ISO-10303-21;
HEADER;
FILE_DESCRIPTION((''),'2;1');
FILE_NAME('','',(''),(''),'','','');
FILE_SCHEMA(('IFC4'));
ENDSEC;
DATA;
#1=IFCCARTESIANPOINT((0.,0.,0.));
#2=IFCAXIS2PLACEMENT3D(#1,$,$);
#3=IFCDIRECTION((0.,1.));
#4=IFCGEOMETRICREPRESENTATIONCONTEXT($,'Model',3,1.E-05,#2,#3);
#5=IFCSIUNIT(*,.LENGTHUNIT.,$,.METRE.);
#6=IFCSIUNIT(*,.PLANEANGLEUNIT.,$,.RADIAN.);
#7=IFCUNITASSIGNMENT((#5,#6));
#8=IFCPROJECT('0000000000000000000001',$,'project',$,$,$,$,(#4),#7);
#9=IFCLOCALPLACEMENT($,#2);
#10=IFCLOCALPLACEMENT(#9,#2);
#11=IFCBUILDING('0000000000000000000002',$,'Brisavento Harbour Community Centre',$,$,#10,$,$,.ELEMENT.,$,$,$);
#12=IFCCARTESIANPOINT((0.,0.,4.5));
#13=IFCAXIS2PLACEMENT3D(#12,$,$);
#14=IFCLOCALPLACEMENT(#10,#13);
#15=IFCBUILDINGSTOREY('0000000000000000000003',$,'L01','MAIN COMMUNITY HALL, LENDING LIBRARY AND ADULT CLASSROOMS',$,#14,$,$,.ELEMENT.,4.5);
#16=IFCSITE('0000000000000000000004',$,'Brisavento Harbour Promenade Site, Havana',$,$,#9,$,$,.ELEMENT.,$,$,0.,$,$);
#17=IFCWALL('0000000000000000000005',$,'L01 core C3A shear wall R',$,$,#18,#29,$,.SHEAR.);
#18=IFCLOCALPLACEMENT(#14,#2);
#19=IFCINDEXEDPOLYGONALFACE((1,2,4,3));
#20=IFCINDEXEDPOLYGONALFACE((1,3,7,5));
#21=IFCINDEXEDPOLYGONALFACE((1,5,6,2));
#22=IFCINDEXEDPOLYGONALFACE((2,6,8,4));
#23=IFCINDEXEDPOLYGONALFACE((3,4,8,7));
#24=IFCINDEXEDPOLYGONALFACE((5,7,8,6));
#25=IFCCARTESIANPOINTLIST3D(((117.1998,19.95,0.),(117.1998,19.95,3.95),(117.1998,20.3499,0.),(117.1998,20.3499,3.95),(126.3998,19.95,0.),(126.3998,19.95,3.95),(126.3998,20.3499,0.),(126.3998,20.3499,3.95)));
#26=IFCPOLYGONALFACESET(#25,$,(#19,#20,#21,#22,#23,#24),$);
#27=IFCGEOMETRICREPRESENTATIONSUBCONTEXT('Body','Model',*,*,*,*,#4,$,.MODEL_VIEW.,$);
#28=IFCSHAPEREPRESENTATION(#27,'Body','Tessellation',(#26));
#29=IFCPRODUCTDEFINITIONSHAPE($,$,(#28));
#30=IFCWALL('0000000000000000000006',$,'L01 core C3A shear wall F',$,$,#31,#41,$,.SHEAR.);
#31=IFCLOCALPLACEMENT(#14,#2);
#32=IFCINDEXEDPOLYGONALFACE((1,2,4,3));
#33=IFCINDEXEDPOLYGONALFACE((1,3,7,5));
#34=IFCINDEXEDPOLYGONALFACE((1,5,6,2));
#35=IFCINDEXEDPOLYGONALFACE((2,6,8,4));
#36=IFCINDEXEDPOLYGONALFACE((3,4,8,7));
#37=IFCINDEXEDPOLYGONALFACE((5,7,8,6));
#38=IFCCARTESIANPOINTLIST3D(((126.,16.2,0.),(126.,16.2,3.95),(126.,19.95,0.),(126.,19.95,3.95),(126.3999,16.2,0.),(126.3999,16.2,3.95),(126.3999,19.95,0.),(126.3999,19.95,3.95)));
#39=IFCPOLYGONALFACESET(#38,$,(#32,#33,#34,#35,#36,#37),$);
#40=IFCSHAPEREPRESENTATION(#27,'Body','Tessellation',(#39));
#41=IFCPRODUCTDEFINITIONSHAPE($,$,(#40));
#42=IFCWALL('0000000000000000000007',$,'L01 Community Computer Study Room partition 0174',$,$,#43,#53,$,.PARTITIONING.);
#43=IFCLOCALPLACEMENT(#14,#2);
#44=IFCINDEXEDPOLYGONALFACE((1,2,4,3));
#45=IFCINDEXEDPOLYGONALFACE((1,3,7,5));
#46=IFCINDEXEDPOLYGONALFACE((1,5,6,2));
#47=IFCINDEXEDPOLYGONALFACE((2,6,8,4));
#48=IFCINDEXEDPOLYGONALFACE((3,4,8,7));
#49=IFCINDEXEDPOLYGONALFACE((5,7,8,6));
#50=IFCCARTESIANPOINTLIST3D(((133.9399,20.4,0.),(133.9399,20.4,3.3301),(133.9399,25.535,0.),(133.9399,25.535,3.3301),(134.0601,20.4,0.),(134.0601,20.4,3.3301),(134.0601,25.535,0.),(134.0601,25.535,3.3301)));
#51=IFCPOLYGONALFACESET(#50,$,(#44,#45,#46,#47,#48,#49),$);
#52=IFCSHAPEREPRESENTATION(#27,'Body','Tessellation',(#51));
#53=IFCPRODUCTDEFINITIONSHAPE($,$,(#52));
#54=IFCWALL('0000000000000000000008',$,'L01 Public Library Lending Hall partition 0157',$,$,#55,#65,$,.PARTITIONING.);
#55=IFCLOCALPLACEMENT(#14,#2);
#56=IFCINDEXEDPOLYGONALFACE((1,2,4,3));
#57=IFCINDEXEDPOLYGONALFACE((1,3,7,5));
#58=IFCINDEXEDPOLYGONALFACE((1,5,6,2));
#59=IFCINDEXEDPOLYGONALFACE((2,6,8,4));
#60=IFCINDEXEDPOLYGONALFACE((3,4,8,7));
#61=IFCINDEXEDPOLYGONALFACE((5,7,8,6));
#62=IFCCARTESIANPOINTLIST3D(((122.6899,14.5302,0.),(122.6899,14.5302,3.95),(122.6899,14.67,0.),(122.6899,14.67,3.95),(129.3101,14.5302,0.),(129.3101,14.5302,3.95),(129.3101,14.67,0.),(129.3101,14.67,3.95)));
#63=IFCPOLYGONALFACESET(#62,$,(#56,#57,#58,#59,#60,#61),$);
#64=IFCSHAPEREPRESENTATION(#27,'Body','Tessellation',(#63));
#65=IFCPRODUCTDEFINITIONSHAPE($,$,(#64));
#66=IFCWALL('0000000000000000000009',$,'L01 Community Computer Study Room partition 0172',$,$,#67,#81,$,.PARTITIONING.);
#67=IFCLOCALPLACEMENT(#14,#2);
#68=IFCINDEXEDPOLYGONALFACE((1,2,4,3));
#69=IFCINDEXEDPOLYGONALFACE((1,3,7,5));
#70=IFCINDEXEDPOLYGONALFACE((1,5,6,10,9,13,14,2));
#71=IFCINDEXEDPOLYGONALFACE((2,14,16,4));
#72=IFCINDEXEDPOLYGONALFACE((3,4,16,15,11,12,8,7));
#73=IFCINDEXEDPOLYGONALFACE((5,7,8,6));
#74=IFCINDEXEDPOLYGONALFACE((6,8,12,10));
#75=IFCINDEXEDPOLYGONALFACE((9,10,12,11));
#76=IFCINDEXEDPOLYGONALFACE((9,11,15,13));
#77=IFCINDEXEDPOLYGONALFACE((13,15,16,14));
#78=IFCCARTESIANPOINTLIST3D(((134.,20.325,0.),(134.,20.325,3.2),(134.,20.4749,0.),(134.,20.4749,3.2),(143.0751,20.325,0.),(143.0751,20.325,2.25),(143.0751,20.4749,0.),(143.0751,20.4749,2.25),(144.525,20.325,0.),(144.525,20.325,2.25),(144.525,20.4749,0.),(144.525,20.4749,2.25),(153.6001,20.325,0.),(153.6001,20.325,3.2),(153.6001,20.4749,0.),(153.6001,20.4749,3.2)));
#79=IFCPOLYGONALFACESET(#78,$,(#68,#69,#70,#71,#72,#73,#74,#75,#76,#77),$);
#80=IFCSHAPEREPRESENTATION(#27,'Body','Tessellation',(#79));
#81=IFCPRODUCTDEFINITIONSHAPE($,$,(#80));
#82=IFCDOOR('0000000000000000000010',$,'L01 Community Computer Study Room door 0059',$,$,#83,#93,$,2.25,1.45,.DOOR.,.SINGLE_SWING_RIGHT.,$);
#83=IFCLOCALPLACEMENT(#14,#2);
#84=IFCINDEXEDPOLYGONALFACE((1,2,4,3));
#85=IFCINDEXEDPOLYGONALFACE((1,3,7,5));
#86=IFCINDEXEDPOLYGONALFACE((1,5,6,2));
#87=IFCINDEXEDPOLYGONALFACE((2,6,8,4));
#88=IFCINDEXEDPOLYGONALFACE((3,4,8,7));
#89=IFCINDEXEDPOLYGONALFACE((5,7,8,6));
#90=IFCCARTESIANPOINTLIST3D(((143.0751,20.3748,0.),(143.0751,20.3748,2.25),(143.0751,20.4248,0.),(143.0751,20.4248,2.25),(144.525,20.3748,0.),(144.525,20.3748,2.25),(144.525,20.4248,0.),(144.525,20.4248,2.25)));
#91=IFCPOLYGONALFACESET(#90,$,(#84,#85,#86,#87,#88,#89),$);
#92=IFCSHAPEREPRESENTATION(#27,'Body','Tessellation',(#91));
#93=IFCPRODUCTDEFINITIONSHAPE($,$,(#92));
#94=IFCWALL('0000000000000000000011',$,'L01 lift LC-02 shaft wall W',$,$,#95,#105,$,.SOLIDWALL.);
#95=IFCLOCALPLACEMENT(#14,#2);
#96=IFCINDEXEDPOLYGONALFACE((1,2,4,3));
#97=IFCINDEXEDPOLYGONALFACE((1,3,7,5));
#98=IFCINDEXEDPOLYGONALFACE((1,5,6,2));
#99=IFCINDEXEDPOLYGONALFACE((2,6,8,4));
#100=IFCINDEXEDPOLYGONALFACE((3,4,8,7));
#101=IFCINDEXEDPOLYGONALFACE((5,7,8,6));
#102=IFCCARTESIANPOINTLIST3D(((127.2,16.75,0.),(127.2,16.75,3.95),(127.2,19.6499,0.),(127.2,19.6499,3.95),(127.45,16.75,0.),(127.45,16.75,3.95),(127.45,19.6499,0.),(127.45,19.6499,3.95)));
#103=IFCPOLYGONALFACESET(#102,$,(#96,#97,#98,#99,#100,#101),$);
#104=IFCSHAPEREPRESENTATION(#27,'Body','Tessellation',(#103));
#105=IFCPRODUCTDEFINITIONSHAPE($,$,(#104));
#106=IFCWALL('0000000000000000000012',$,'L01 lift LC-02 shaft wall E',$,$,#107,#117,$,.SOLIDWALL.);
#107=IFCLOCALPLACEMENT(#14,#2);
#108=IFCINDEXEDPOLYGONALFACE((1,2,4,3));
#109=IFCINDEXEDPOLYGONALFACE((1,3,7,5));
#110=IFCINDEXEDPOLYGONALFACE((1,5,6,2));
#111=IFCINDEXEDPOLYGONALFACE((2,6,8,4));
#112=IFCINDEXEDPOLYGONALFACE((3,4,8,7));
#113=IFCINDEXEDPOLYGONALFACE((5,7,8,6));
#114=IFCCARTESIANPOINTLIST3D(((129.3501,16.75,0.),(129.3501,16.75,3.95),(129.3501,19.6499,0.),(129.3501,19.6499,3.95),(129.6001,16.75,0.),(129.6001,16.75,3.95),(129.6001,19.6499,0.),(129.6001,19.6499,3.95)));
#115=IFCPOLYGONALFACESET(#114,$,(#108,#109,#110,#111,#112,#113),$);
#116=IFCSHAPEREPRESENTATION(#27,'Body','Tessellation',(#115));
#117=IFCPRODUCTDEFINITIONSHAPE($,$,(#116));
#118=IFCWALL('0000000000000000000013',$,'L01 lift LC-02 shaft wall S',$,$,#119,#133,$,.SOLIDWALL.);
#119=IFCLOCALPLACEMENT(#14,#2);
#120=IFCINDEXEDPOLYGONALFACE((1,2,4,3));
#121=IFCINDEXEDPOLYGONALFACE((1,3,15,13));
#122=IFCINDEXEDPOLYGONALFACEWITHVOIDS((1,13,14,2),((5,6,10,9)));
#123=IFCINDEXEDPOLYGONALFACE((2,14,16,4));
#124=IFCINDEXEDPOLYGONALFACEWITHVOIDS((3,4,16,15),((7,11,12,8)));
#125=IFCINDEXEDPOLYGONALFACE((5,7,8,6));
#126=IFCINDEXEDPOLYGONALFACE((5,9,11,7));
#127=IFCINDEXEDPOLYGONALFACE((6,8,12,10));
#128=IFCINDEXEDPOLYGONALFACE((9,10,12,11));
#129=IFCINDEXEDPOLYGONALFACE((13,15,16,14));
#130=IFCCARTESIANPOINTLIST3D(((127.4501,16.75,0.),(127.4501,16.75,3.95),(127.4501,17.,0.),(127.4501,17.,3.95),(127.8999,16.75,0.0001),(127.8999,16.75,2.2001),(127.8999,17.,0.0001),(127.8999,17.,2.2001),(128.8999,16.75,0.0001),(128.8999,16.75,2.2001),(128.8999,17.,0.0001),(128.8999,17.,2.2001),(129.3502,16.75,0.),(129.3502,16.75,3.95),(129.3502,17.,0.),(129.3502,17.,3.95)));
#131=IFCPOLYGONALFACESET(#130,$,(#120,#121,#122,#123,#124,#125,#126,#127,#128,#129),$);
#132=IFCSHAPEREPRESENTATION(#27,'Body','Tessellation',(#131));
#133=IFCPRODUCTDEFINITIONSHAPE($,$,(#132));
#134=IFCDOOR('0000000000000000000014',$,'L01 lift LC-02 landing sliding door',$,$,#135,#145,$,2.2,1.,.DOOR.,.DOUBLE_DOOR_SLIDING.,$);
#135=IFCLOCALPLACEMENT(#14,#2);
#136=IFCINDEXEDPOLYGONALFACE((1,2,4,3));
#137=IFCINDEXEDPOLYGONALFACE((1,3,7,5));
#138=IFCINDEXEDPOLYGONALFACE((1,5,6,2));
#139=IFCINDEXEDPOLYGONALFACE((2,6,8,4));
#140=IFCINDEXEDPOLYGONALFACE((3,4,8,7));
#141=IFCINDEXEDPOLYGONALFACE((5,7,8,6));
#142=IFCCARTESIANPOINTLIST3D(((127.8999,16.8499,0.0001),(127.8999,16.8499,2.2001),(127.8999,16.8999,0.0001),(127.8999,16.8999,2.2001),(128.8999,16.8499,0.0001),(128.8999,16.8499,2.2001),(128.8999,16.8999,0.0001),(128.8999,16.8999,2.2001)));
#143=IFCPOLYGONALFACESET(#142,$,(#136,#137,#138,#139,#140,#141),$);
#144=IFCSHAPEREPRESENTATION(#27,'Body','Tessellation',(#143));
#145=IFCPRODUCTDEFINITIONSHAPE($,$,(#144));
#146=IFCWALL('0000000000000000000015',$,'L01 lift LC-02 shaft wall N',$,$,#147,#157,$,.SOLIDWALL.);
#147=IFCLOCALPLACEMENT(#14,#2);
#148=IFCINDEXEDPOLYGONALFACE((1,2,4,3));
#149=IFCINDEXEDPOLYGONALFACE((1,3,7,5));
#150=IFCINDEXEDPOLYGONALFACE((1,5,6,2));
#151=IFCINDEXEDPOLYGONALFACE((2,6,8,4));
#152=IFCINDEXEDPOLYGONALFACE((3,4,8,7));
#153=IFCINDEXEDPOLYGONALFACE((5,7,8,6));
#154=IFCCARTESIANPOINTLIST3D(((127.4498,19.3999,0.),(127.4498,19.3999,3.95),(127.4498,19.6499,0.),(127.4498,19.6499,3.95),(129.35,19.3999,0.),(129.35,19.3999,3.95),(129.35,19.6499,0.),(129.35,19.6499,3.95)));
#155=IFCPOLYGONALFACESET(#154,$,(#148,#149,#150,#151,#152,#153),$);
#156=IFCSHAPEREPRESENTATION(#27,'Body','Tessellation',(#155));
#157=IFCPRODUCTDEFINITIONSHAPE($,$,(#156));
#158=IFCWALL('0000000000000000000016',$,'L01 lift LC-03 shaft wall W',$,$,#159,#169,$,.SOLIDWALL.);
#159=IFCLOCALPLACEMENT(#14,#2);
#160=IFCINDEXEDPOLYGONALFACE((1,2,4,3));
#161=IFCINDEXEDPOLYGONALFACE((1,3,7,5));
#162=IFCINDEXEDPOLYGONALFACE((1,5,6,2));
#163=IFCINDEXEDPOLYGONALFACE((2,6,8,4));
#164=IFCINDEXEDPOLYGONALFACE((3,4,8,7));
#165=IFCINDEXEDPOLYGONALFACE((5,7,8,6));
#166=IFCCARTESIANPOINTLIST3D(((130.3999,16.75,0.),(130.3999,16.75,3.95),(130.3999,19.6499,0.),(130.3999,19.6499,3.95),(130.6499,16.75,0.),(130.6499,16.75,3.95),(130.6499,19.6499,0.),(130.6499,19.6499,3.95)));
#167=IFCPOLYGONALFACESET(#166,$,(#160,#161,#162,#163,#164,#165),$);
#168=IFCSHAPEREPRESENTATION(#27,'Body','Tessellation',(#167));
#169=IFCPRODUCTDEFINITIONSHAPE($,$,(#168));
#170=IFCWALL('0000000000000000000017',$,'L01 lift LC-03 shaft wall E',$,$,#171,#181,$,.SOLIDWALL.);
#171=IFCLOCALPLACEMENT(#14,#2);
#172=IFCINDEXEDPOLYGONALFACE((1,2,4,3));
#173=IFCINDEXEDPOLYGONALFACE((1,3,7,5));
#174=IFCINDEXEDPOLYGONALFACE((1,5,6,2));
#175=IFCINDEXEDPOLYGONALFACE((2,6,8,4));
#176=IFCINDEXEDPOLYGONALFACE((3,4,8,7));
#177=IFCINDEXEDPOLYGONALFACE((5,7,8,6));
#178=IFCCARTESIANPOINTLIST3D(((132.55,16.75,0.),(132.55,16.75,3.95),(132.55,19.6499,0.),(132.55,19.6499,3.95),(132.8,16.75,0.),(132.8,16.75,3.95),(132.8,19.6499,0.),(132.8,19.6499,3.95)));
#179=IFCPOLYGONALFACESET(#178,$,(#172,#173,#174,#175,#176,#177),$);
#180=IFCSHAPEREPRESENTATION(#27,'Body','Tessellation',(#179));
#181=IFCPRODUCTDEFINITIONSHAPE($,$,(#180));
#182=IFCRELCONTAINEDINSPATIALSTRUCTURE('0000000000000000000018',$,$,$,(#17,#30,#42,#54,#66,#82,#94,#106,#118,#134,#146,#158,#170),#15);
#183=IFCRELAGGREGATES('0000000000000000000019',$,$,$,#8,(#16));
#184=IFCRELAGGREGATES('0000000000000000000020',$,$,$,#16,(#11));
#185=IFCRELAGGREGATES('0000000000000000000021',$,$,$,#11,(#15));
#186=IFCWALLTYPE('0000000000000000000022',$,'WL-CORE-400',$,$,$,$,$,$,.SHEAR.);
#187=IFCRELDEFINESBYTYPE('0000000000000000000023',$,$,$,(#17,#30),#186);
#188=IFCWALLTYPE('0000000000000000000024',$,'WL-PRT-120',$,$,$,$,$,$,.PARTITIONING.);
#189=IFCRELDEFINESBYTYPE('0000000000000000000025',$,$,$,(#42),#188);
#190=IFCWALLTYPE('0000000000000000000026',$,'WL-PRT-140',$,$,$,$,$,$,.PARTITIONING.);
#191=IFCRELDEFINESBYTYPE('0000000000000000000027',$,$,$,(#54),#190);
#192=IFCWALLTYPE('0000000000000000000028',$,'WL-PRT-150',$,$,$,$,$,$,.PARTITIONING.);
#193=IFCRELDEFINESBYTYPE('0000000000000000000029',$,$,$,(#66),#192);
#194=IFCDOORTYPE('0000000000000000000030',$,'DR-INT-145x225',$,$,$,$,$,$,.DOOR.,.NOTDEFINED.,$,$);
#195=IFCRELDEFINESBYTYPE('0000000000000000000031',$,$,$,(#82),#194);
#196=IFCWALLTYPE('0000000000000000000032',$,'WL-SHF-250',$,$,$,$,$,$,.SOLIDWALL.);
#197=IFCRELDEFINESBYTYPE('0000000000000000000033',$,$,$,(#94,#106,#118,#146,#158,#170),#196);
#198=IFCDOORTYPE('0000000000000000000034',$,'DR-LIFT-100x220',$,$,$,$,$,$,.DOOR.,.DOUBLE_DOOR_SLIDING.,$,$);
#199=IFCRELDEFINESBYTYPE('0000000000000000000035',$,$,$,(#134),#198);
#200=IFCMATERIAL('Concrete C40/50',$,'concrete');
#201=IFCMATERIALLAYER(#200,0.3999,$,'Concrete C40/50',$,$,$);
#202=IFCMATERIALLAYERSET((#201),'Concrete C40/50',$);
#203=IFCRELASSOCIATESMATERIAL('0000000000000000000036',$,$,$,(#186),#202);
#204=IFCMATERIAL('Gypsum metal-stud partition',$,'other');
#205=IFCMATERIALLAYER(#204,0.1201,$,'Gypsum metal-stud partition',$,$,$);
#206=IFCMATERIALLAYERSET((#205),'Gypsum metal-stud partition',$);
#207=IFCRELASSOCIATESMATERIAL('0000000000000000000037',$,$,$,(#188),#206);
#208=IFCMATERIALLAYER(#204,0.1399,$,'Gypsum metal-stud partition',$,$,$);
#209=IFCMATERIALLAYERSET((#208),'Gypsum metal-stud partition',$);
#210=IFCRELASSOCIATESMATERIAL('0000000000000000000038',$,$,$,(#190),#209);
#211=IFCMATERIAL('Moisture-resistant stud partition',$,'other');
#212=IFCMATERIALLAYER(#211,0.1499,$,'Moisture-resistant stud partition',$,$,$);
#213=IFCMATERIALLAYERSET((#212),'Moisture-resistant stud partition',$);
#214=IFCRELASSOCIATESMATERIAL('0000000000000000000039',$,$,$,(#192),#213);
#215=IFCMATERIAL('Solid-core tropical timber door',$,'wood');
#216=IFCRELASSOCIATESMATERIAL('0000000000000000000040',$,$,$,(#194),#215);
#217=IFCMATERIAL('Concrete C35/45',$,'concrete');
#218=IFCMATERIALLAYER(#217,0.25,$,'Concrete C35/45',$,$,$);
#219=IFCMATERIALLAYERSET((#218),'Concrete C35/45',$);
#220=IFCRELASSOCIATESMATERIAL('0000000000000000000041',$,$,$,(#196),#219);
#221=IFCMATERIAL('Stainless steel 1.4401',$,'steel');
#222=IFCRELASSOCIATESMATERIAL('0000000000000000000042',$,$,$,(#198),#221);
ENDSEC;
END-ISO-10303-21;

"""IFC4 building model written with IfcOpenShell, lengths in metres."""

from ifc_helpers import new_model, si_unit, direction, frame, frame_2d, origin, place, context, subcontext, project, spatial, rectangle, extrude, material, layer, layer_set, type_object, element, fill, save


model = new_model("IFC4")

# Units and contexts
model_context = context("Model", 3, precision=1e-05, world=origin(), true_north=direction((0.0, 1.0)))
body_context = subcontext(model_context, "Body", "Model", "MODEL_VIEW")
ifc_project = project(units=[si_unit("LENGTHUNIT", "METRE"), si_unit("PLANEANGLEUNIT", "RADIAN")], contexts=[model_context])

# Site, building, storey
site_placement = place(None, origin())
site = spatial("IfcSite", under=ifc_project, at=site_placement, Name="Brisavento Harbour Promenade Site, Havana", CompositionType="ELEMENT", RefElevation=0.0)
building_placement = place(site_placement, origin())
building = spatial("IfcBuilding", under=site, at=building_placement, Name="Brisavento Harbour Community Centre", CompositionType="ELEMENT")
storey_placement = place(building_placement, frame((0.0, 0.0, 4.5)))
storey = spatial("IfcBuildingStorey", under=building, at=storey_placement, Name="L01", Description="MAIN COMMUNITY HALL, LENDING LIBRARY AND ADULT CLASSROOMS", CompositionType="ELEMENT", Elevation=4.5)

# Shared definitions
ifc_material_1 = material(Name="Concrete C35/45", Category="concrete")

# Walls
ifc_material_2 = material(Name="Concrete C40/50", Category="concrete")
ifc_layer_1 = layer(ifc_material_2, 0.3999, Name="Concrete C40/50")
ifc_layer_set_1 = layer_set([ifc_layer_1], Name="Concrete C40/50")
wall_type_1 = type_object("IfcWallType", Name="WL-CORE-400", PredefinedType="SHEAR", material=ifc_layer_set_1)
wall_1_placement = place(storey_placement, frame((126.3999, 20.1499, 0.0), z_axis=(0.0, 0.0, 1.0), x_axis=(-1.0, 0.0, 0.0)))
element("IfcWall", 1, at=wall_1_placement, inside=storey, type_object=wall_type_1, Name="L01 core C3A shear wall R", PredefinedType="SHEAR", context=body_context, shape_type="SweptSolid", body=[
    extrude(rectangle(XDim=9.2, YDim=0.3999, at=frame_2d((4.6001, 0.0))), origin(), (0.0, 0.0, 1.0), 3.95),
])
wall_2_placement = place(storey_placement, frame((126.2, 16.2, 0.0), z_axis=(0.0, 0.0, 1.0), x_axis=(0.0, 1.0, 0.0)))
element("IfcWall", 2, at=wall_2_placement, inside=storey, type_object=wall_type_1, Name="L01 core C3A shear wall F", PredefinedType="SHEAR", context=body_context, shape_type="SweptSolid", body=[
    extrude(rectangle(XDim=3.75, YDim=0.3999, at=frame_2d((1.875, 0.0))), origin(), (0.0, 0.0, 1.0), 3.95),
])
ifc_material_3 = material(Name="Gypsum metal-stud partition", Category="other")
ifc_layer_2 = layer(ifc_material_3, 0.1201, Name="Gypsum metal-stud partition")
ifc_layer_set_2 = layer_set([ifc_layer_2], Name="Gypsum metal-stud partition")
wall_type_2 = type_object("IfcWallType", Name="WL-PRT-120", PredefinedType="PARTITIONING", material=ifc_layer_set_2)
wall_3_placement = place(storey_placement, frame((134.0, 25.5349, 0.0), z_axis=(0.0, 0.0, 1.0), x_axis=(0.0, -1.0, 0.0)))
element("IfcWall", 3, at=wall_3_placement, inside=storey, type_object=wall_type_2, Name="L01 Community Computer Study Room partition 0174", PredefinedType="PARTITIONING", context=body_context, shape_type="SweptSolid", body=[
    extrude(rectangle(XDim=5.135, YDim=0.1201, at=frame_2d((2.5674, 0.0))), origin(), (0.0, 0.0, 1.0), 3.3301),
])
ifc_layer_3 = layer(ifc_material_3, 0.1399, Name="Gypsum metal-stud partition")
ifc_layer_set_3 = layer_set([ifc_layer_3], Name="Gypsum metal-stud partition")
wall_type_3 = type_object("IfcWallType", Name="WL-PRT-140", PredefinedType="PARTITIONING", material=ifc_layer_set_3)
wall_4_placement = place(storey_placement, frame((129.3101, 14.6001, 0.0), z_axis=(0.0, 0.0, 1.0), x_axis=(-1.0, 0.0, 0.0)))
element("IfcWall", 4, at=wall_4_placement, inside=storey, type_object=wall_type_3, Name="L01 Public Library Lending Hall partition 0157", PredefinedType="PARTITIONING", context=body_context, shape_type="SweptSolid", body=[
    extrude(rectangle(XDim=6.6201, YDim=0.1399, at=frame_2d((3.3101, 0.0))), origin(), (0.0, 0.0, 1.0), 3.95),
])

# Wall, opening, door
ifc_material_4 = material(Name="Moisture-resistant stud partition", Category="other")
ifc_layer_4 = layer(ifc_material_4, 0.1499, Name="Moisture-resistant stud partition")
ifc_layer_set_4 = layer_set([ifc_layer_4], Name="Moisture-resistant stud partition")
wall_type_4 = type_object("IfcWallType", Name="WL-PRT-150", PredefinedType="PARTITIONING", material=ifc_layer_set_4)
wall_5_placement = place(storey_placement, frame((134.0, 20.3999, 0.0), z_axis=(0.0, 0.0, 1.0), x_axis=(1.0, 0.0, 0.0)))
wall_5 = element("IfcWall", 5, at=wall_5_placement, inside=storey, type_object=wall_type_4, Name="L01 Community Computer Study Room partition 0172", PredefinedType="PARTITIONING", context=body_context, shape_type="SweptSolid", body=[
    extrude(rectangle(XDim=19.6001, YDim=0.1499, at=frame_2d((9.8, 0.0))), origin(), (0.0, 0.0, 1.0), 3.2),
])
opening_1_placement = place(wall_5_placement, frame((9.075, 0.0, 0.0)))
opening_1 = element("IfcOpeningElement", 6, at=opening_1_placement, cuts=wall_5, PredefinedType="OPENING", context=body_context, shape_type="SweptSolid", body=[
    extrude(rectangle(XDim=1.45, YDim=2.25, at=frame_2d((0.7251, 1.125))), frame((0.0, 0.085, 0.0), z_axis=(0.0, -1.0, 0.0), x_axis=(1.0, 0.0, 0.0)), (0.0, 0.0, 1.0), 0.1699),
])
ifc_material_5 = material(Name="Solid-core tropical timber door", Category="wood")
door_type_1 = type_object("IfcDoorType", Name="DR-INT-145x225", OperationType="NOTDEFINED", PredefinedType="DOOR", material=ifc_material_5)
door_1_placement = place(opening_1_placement, origin())
door_1 = element("IfcDoor", 7, at=door_1_placement, inside=storey, type_object=door_type_1, Name="L01 Community Computer Study Room door 0059", OperationType="SINGLE_SWING_RIGHT", OverallHeight=2.25, OverallWidth=1.45, PredefinedType="DOOR", context=body_context, shape_type="SweptSolid", body=[
    extrude(rectangle(XDim=1.45, YDim=2.25, at=frame_2d((0.7251, 1.125))), frame((0.0, 0.0249, 0.0), z_axis=(0.0, -1.0, 0.0), x_axis=(1.0, 0.0, 0.0)), (0.0, 0.0, 1.0), 0.05),
])
fill(opening_1, door_1)

# Walls
ifc_layer_5 = layer(ifc_material_1, 0.25, Name="Concrete C35/45")
ifc_layer_set_5 = layer_set([ifc_layer_5], Name="Concrete C35/45")
wall_type_5 = type_object("IfcWallType", Name="WL-SHF-250", PredefinedType="SOLIDWALL", material=ifc_layer_set_5)
for number, where, z_axis, x_axis, name in (
    (8, (127.325, 16.75, 0.0), (0.0, 0.0, 1.0), (0.0, 1.0, 0.0), "L01 lift LC-02 shaft wall W"),
    (9, (129.4751, 19.6499, 0.0), (0.0, 0.0, 1.0), (0.0, -1.0, 0.0), "L01 lift LC-02 shaft wall E"),
):
    element("IfcWall", number, at=place(storey_placement, frame(where, z_axis=z_axis, x_axis=x_axis)), inside=storey, type_object=wall_type_5, Name=name, PredefinedType="SOLIDWALL", context=body_context, shape_type="SweptSolid", body=[
        extrude(rectangle(XDim=2.8999, YDim=0.25, at=frame_2d((1.45, 0.0))), origin(), (0.0, 0.0, 1.0), 3.95),
    ])

# Wall, opening, door
wall_6_placement = place(storey_placement, frame((127.45, 16.875, 0.0), z_axis=(0.0, 0.0, 1.0), x_axis=(1.0, 0.0, 0.0)))
wall_6 = element("IfcWall", 10, at=wall_6_placement, inside=storey, type_object=wall_type_5, Name="L01 lift LC-02 shaft wall S", PredefinedType="SOLIDWALL", context=body_context, shape_type="SweptSolid", body=[
    extrude(rectangle(XDim=1.9001, YDim=0.25, at=frame_2d((0.9502, 0.0))), origin(), (0.0, 0.0, 1.0), 3.95),
])
opening_2_placement = place(wall_6_placement, frame((0.45, 0.0, 0.0)))
opening_2 = element("IfcOpeningElement", 11, at=opening_2_placement, cuts=wall_6, PredefinedType="OPENING", context=body_context, shape_type="SweptSolid", body=[
    extrude(rectangle(XDim=1.0, YDim=2.2, at=frame_2d((0.5, 1.1001))), frame((0.0, 0.135, 0.0), z_axis=(0.0, -1.0, 0.0), x_axis=(1.0, 0.0, 0.0)), (0.0, 0.0, 1.0), 0.27),
])
ifc_material_6 = material(Name="Stainless steel 1.4401", Category="steel")
door_type_2 = type_object("IfcDoorType", Name="DR-LIFT-100x220", OperationType="DOUBLE_DOOR_SLIDING", PredefinedType="DOOR", material=ifc_material_6)
door_2_placement = place(opening_2_placement, origin())
door_2 = element("IfcDoor", 12, at=door_2_placement, inside=storey, type_object=door_type_2, Name="L01 lift LC-02 landing sliding door", OperationType="DOUBLE_DOOR_SLIDING", OverallHeight=2.2, OverallWidth=1.0, PredefinedType="DOOR", context=body_context, shape_type="SweptSolid", body=[
    extrude(rectangle(XDim=1.0, YDim=2.2, at=frame_2d((0.5, 1.1001))), frame((0.0, 0.0249, 0.0), z_axis=(0.0, -1.0, 0.0), x_axis=(1.0, 0.0, 0.0)), (0.0, 0.0, 1.0), 0.05),
])
fill(opening_2, door_2)

# Walls
wall_7_placement = place(storey_placement, frame((129.3501, 19.5249, 0.0), z_axis=(0.0, 0.0, 1.0), x_axis=(-1.0, 0.0, 0.0)))
element("IfcWall", 13, at=wall_7_placement, inside=storey, type_object=wall_type_5, Name="L01 lift LC-02 shaft wall N", PredefinedType="SOLIDWALL", context=body_context, shape_type="SweptSolid", body=[
    extrude(rectangle(XDim=1.9001, YDim=0.25, at=frame_2d((0.9502, 0.0))), origin(), (0.0, 0.0, 1.0), 3.95),
])
for number, where, z_axis, x_axis, name in (
    (14, (130.5249, 16.75, 0.0), (0.0, 0.0, 1.0), (0.0, 1.0, 0.0), "L01 lift LC-03 shaft wall W"),
    (15, (132.675, 19.6499, 0.0), (0.0, 0.0, 1.0), (0.0, -1.0, 0.0), "L01 lift LC-03 shaft wall E"),
):
    element("IfcWall", number, at=place(storey_placement, frame(where, z_axis=z_axis, x_axis=x_axis)), inside=storey, type_object=wall_type_5, Name=name, PredefinedType="SOLIDWALL", context=body_context, shape_type="SweptSolid", body=[
        extrude(rectangle(XDim=2.8999, YDim=0.25, at=frame_2d((1.45, 0.0))), origin(), (0.0, 0.0, 1.0), 3.95),
    ])

save(model, "model.ifc")
